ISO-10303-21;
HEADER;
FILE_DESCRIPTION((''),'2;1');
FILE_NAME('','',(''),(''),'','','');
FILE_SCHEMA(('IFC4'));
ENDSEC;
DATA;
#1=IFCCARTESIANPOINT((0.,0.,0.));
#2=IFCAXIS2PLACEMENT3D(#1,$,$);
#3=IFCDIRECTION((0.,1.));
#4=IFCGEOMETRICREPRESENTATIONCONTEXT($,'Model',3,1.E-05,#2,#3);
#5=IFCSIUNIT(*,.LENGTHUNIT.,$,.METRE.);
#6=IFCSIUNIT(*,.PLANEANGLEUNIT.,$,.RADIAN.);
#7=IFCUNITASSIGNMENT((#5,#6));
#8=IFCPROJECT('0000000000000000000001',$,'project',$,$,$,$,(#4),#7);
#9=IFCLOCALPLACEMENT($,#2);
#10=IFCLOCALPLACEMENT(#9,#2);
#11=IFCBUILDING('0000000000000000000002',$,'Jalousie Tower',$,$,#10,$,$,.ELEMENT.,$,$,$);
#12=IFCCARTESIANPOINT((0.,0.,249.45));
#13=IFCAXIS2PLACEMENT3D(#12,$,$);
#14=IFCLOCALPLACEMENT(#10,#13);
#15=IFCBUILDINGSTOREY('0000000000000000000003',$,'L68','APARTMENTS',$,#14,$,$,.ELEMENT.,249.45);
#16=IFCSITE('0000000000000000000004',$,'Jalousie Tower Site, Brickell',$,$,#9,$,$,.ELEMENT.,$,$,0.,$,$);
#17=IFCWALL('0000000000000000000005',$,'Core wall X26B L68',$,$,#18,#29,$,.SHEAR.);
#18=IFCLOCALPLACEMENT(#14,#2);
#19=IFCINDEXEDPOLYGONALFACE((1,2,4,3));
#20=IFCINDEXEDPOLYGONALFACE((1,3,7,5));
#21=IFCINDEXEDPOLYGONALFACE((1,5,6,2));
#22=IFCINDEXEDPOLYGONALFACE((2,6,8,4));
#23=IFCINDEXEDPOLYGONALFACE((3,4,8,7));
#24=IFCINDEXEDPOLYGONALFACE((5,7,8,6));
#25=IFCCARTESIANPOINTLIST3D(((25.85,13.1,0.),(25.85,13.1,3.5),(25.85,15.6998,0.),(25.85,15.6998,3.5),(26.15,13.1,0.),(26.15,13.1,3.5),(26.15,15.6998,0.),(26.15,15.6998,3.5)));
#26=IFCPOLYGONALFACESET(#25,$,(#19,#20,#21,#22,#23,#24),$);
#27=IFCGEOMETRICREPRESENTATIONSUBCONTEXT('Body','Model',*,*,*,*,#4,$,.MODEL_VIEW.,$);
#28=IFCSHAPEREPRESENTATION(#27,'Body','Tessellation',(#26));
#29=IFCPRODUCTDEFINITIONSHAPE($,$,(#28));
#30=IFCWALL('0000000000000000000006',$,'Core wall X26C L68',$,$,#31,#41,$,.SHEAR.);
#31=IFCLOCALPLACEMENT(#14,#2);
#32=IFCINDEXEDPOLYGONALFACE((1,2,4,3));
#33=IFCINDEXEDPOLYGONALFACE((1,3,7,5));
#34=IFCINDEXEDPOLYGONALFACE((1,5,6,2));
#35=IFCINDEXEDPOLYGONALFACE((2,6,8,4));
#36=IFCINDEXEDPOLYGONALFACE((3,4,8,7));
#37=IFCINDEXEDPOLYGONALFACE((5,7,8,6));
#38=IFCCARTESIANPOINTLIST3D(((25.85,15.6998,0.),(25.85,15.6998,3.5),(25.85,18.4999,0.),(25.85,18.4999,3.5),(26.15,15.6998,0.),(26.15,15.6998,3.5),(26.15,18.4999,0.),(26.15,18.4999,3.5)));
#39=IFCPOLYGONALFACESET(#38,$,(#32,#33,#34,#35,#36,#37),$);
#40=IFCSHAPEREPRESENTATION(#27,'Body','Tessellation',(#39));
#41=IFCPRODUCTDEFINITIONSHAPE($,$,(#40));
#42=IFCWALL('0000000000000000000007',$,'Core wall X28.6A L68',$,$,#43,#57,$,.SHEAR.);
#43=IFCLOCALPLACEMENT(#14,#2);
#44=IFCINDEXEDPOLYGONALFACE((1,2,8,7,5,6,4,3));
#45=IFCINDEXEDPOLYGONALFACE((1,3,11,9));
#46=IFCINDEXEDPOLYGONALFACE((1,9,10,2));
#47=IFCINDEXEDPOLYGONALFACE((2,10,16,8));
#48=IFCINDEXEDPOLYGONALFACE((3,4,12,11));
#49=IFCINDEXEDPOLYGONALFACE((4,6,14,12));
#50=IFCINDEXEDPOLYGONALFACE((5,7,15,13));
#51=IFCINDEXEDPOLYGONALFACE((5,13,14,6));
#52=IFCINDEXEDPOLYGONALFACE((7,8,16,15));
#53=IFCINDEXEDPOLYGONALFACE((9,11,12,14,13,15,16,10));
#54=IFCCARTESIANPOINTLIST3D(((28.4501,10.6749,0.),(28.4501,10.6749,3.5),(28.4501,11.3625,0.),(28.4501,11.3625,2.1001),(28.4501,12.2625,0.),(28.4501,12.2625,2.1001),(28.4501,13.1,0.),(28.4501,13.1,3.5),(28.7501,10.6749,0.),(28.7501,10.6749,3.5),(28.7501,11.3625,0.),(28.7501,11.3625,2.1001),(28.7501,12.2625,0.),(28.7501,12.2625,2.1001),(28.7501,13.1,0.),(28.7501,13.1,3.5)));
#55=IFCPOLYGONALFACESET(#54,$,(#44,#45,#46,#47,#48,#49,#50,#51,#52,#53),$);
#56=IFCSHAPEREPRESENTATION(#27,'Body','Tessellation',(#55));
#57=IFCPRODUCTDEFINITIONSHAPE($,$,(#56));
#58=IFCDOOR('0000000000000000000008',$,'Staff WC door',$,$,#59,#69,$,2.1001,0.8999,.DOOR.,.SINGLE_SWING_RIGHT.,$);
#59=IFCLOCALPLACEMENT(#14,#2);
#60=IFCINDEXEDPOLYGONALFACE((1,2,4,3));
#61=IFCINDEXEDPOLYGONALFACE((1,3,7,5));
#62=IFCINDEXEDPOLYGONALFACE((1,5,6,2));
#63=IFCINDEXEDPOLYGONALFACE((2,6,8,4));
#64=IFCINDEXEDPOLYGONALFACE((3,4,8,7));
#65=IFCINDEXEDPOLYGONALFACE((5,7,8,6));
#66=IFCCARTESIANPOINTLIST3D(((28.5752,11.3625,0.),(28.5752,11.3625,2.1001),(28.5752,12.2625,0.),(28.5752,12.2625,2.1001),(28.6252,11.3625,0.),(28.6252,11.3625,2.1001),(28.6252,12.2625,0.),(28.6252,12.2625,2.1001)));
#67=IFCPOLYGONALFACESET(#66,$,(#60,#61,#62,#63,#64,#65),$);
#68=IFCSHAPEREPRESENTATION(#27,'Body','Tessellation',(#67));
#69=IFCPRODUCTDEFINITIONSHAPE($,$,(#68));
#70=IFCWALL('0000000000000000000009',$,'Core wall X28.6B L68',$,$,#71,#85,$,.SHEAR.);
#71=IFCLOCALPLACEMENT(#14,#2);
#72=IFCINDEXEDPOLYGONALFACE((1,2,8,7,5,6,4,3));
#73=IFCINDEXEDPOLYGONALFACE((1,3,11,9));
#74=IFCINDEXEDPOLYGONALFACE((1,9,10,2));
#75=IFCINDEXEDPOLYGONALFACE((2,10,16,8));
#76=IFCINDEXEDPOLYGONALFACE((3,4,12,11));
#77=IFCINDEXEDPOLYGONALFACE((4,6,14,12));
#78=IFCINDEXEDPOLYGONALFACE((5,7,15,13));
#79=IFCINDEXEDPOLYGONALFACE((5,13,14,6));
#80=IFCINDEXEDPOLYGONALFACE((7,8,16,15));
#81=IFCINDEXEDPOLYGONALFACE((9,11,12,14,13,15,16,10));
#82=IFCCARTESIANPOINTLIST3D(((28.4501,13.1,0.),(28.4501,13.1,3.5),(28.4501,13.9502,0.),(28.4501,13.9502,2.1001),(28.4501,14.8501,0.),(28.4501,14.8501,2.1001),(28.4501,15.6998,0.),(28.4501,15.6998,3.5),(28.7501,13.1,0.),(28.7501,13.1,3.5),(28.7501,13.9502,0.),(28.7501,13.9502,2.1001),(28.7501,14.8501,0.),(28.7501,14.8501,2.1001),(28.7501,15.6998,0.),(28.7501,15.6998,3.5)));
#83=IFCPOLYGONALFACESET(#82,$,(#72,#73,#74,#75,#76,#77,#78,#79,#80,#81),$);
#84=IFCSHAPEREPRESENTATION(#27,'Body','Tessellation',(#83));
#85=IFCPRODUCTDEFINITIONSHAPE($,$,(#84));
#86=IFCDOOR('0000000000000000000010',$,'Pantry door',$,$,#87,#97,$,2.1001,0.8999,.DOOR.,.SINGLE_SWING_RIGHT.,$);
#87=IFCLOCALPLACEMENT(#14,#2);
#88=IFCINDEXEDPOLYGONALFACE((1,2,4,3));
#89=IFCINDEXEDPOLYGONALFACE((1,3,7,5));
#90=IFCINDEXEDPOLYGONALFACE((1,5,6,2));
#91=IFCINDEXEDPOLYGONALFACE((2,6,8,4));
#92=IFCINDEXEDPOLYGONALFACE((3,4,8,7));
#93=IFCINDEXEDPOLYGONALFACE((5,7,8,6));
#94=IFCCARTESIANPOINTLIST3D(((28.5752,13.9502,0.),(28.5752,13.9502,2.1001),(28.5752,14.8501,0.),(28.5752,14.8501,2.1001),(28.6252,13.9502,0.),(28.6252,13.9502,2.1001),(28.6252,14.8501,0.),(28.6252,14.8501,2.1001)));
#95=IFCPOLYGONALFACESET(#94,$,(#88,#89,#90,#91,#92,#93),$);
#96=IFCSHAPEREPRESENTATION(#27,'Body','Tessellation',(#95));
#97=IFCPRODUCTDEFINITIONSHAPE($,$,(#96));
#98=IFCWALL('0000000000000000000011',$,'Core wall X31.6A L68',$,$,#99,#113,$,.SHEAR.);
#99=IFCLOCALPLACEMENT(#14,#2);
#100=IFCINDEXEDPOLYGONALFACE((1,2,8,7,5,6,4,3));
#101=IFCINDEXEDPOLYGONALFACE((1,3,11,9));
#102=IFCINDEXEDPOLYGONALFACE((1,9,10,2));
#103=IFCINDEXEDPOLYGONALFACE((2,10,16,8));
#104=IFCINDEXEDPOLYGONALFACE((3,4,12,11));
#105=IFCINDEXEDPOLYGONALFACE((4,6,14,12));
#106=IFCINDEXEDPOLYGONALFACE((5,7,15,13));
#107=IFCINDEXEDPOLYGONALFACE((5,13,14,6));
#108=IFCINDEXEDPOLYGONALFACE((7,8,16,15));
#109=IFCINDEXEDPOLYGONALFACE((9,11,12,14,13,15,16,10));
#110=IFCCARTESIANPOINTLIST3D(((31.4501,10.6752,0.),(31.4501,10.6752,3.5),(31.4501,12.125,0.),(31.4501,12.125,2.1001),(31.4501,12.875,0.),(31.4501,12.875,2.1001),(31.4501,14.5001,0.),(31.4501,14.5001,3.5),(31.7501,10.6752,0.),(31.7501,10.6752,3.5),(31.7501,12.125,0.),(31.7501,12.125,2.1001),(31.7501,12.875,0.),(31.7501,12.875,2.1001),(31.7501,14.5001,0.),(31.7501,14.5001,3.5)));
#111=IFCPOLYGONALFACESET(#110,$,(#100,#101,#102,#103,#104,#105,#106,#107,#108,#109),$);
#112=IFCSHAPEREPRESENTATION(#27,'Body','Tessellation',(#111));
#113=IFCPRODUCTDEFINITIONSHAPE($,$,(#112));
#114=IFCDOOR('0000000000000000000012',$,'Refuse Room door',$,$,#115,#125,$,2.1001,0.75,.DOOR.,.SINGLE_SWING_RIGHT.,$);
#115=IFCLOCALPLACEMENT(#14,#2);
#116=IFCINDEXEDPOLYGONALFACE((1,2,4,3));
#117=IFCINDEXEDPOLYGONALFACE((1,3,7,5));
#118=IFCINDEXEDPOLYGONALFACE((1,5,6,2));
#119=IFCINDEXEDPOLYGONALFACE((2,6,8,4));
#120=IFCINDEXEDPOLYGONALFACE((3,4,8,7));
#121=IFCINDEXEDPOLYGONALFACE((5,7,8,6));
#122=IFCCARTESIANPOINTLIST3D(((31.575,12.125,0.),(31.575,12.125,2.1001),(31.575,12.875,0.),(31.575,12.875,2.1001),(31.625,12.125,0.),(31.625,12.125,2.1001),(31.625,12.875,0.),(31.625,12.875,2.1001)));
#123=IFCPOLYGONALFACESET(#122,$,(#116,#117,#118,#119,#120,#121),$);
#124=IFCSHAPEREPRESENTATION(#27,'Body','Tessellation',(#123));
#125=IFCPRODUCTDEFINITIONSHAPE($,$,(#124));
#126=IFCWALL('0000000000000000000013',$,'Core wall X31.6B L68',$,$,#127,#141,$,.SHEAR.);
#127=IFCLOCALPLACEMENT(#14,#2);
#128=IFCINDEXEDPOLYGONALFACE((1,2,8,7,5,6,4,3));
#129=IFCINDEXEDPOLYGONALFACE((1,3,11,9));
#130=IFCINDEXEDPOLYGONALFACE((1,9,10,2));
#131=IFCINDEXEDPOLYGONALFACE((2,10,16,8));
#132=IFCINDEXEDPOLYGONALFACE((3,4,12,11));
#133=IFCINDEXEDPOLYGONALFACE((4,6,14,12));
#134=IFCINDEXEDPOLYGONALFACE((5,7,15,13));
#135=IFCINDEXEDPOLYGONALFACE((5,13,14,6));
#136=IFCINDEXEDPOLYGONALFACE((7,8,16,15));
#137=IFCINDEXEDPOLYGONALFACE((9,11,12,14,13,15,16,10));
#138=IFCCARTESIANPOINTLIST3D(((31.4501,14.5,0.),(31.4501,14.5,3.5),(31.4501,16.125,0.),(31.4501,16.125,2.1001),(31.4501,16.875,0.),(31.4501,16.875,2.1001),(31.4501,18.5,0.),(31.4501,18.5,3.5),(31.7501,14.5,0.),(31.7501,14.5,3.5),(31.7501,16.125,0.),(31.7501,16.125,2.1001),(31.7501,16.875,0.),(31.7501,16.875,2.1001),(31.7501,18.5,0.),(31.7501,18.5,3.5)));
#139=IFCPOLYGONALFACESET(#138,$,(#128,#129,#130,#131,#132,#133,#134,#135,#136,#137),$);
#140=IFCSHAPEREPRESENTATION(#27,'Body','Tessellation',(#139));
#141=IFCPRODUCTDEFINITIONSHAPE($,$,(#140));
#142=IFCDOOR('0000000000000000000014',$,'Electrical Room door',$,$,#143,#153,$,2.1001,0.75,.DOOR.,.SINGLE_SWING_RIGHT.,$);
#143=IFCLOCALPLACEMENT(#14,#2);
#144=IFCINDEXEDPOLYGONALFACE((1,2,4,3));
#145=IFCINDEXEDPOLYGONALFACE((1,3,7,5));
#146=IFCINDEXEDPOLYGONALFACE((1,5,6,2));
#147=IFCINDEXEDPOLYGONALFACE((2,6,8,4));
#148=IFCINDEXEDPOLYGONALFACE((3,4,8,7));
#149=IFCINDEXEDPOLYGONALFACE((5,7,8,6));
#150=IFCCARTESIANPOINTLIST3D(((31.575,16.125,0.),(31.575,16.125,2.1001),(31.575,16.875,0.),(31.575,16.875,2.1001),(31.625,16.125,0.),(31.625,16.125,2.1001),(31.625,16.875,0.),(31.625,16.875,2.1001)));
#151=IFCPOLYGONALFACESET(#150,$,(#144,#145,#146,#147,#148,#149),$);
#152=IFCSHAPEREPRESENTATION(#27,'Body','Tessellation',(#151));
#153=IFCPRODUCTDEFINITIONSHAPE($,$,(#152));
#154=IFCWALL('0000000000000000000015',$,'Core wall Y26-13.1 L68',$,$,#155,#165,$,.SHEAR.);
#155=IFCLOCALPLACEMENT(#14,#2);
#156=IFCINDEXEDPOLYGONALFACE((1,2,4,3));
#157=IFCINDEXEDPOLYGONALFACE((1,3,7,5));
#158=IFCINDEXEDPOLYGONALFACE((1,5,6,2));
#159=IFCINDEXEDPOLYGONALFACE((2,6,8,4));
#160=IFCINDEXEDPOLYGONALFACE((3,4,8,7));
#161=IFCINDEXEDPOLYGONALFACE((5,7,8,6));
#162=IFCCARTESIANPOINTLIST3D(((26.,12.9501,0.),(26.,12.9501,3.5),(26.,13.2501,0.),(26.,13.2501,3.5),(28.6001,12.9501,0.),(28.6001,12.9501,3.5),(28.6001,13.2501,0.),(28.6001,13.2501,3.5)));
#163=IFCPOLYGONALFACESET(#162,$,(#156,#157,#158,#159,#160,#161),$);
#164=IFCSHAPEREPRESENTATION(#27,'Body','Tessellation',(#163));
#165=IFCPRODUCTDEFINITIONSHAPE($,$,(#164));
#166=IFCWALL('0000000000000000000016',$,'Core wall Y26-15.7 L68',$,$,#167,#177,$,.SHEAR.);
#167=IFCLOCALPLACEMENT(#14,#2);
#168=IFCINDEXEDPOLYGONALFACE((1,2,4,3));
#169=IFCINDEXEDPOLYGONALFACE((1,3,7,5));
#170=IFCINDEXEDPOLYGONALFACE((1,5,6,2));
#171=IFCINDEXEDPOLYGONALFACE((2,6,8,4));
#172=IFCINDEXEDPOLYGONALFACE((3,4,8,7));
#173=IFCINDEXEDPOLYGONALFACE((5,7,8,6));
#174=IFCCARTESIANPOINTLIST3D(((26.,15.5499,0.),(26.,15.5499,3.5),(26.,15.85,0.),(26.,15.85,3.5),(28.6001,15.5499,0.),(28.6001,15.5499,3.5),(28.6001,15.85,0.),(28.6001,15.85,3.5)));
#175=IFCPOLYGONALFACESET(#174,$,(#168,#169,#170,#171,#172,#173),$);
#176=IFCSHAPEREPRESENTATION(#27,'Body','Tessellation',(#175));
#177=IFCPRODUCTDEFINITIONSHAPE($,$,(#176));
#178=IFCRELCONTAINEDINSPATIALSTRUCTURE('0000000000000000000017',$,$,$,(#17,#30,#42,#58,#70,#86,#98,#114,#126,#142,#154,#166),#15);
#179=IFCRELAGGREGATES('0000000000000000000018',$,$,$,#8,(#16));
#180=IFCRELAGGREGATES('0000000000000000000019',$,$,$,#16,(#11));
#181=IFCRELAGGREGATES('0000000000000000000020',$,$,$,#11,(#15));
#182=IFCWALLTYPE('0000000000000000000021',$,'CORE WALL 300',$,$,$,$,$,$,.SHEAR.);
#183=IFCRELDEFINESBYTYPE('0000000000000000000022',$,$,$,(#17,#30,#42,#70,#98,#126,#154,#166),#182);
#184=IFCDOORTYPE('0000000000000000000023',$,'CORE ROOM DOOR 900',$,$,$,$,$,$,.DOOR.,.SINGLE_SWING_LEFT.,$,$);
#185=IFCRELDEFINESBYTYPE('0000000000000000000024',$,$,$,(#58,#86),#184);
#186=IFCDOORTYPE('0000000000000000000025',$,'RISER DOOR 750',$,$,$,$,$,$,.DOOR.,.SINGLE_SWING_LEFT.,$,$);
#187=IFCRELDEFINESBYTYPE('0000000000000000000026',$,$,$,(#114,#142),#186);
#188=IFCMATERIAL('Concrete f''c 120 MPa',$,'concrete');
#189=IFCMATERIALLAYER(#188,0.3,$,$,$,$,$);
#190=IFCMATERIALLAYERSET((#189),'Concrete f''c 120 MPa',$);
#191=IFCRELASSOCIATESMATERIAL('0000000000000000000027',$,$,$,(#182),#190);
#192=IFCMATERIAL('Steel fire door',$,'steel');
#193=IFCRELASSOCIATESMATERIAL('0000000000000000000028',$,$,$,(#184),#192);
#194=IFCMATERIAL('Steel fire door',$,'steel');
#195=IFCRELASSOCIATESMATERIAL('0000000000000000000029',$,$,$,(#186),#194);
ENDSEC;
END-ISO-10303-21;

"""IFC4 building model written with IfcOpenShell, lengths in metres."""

from ifc_helpers import new_model, si_unit, direction, frame, frame_2d, origin, place, context, subcontext, project, spatial, rectangle, extrude, material, layer, layer_set, type_object, element, fill, save


model = new_model("IFC4")

# Units and contexts
model_context = context("Model", 3, precision=1e-05, world=origin(), true_north=direction((0.0, 1.0)))
body_context = subcontext(model_context, "Body", "Model", "MODEL_VIEW")
ifc_project = project(units=[si_unit("LENGTHUNIT", "METRE"), si_unit("PLANEANGLEUNIT", "RADIAN")], contexts=[model_context])

# Site, building, storey
site_placement = place(None, origin())
site = spatial("IfcSite", under=ifc_project, at=site_placement, Name="Jalousie Tower Site, Brickell", CompositionType="ELEMENT", RefElevation=0.0)
building_placement = place(site_placement, origin())
building = spatial("IfcBuilding", under=site, at=building_placement, Name="Jalousie Tower", CompositionType="ELEMENT")
storey_placement = place(building_placement, frame((0.0, 0.0, 249.45)))
storey = spatial("IfcBuildingStorey", under=building, at=storey_placement, Name="L68", Description="APARTMENTS", CompositionType="ELEMENT", Elevation=249.45)

# Walls
ifc_material_1 = material(Name="Concrete f'c 120 MPa", Category="concrete")
ifc_layer_1 = layer(ifc_material_1, 0.3)
ifc_layer_set_1 = layer_set([ifc_layer_1], Name="Concrete f'c 120 MPa")
wall_type_1 = type_object("IfcWallType", Name="CORE WALL 300", PredefinedType="SHEAR", material=ifc_layer_set_1)
wall_1_placement = place(storey_placement, frame((26.0, 13.1001, 0.0), z_axis=(0.0, 0.0, 1.0), x_axis=(0.0, 1.0, 0.0)))
element("IfcWall", 1, at=wall_1_placement, inside=storey, type_object=wall_type_1, Name="Core wall X26B L68", PredefinedType="SHEAR", context=body_context, shape_type="SweptSolid", body=[
    extrude(rectangle(XDim=2.5999, YDim=0.3, at=frame_2d((1.2998, 0.0))), origin(), (0.0, 0.0, 1.0), 3.5),
])
wall_2_placement = place(storey_placement, frame((26.0, 15.7, 0.0), z_axis=(0.0, 0.0, 1.0), x_axis=(0.0, 1.0, 0.0)))
element("IfcWall", 2, at=wall_2_placement, inside=storey, type_object=wall_type_1, Name="Core wall X26C L68", PredefinedType="SHEAR", context=body_context, shape_type="SweptSolid", body=[
    extrude(rectangle(XDim=2.8, YDim=0.3, at=frame_2d((1.3999, 0.0))), origin(), (0.0, 0.0, 1.0), 3.5),
])

# Walls, openings, doors
wall_3_placement = place(storey_placement, frame((28.6001, 10.675, 0.0), z_axis=(0.0, 0.0, 1.0), x_axis=(0.0, 1.0, 0.0)))
wall_3 = element("IfcWall", 3, at=wall_3_placement, inside=storey, type_object=wall_type_1, Name="Core wall X28.6A L68", PredefinedType="SHEAR", context=body_context, shape_type="SweptSolid", body=[
    extrude(rectangle(XDim=2.425, YDim=0.3, at=frame_2d((1.2124, 0.0))), origin(), (0.0, 0.0, 1.0), 3.5),
])
opening_1_placement = place(wall_3_placement, frame((0.6875, 0.0, 0.0)))
opening_1 = element("IfcOpeningElement", 4, at=opening_1_placement, cuts=wall_3, PredefinedType="OPENING", context=body_context, shape_type="SweptSolid", body=[
    extrude(rectangle(XDim=0.8999, YDim=2.1001, at=frame_2d((0.45, 1.05))), frame((0.0, 0.1599, 0.0), z_axis=(0.0, -1.0, 0.0), x_axis=(1.0, 0.0, 0.0)), (0.0, 0.0, 1.0), 0.3201),
])
ifc_material_2 = material(Name="Steel fire door", Category="steel")
door_type_1 = type_object("IfcDoorType", Name="CORE ROOM DOOR 900", OperationType="SINGLE_SWING_LEFT", PredefinedType="DOOR", material=ifc_material_2)
door_1_placement = place(opening_1_placement, origin())
door_1 = element("IfcDoor", 5, at=door_1_placement, inside=storey, type_object=door_type_1, Name="Staff WC door", OperationType="SINGLE_SWING_RIGHT", OverallHeight=2.1001, OverallWidth=0.8999, PredefinedType="DOOR", context=body_context, shape_type="SweptSolid", body=[
    extrude(rectangle(XDim=0.8999, YDim=2.1001, at=frame_2d((0.45, 1.05))), frame((0.0, 0.0249, 0.0), z_axis=(0.0, -1.0, 0.0), x_axis=(1.0, 0.0, 0.0)), (0.0, 0.0, 1.0), 0.05),
])
fill(opening_1, door_1)
wall_4_placement = place(storey_placement, frame((28.6001, 13.1001, 0.0), z_axis=(0.0, 0.0, 1.0), x_axis=(0.0, 1.0, 0.0)))
wall_4 = element("IfcWall", 6, at=wall_4_placement, inside=storey, type_object=wall_type_1, Name="Core wall X28.6B L68", PredefinedType="SHEAR", context=body_context, shape_type="SweptSolid", body=[
    extrude(rectangle(XDim=2.5999, YDim=0.3, at=frame_2d((1.2998, 0.0))), origin(), (0.0, 0.0, 1.0), 3.5),
])
opening_2_placement = place(wall_4_placement, frame((0.8501, 0.0, 0.0)))
opening_2 = element("IfcOpeningElement", 7, at=opening_2_placement, cuts=wall_4, PredefinedType="OPENING", context=body_context, shape_type="SweptSolid", body=[
    extrude(rectangle(XDim=0.8999, YDim=2.1001, at=frame_2d((0.45, 1.05))), frame((0.0, 0.1599, 0.0), z_axis=(0.0, -1.0, 0.0), x_axis=(1.0, 0.0, 0.0)), (0.0, 0.0, 1.0), 0.3201),
])
door_2_placement = place(opening_2_placement, origin())
door_2 = element("IfcDoor", 8, at=door_2_placement, inside=storey, type_object=door_type_1, Name="Pantry door", OperationType="SINGLE_SWING_RIGHT", OverallHeight=2.1001, OverallWidth=0.8999, PredefinedType="DOOR", context=body_context, shape_type="SweptSolid", body=[
    extrude(rectangle(XDim=0.8999, YDim=2.1001, at=frame_2d((0.45, 1.05))), frame((0.0, 0.0249, 0.0), z_axis=(0.0, -1.0, 0.0), x_axis=(1.0, 0.0, 0.0)), (0.0, 0.0, 1.0), 0.05),
])
fill(opening_2, door_2)
wall_5_placement = place(storey_placement, frame((31.6001, 10.675, 0.0), z_axis=(0.0, 0.0, 1.0), x_axis=(0.0, 1.0, 0.0)))
wall_5 = element("IfcWall", 9, at=wall_5_placement, inside=storey, type_object=wall_type_1, Name="Core wall X31.6A L68", PredefinedType="SHEAR", context=body_context, shape_type="SweptSolid", body=[
    extrude(rectangle(XDim=3.825, YDim=0.3, at=frame_2d((1.9126, 0.0))), origin(), (0.0, 0.0, 1.0), 3.5),
])
opening_3_placement = place(wall_5_placement, frame((1.45, 0.0, 0.0)))
opening_3 = element("IfcOpeningElement", 10, at=opening_3_placement, cuts=wall_5, PredefinedType="OPENING", context=body_context, shape_type="SweptSolid", body=[
    extrude(rectangle(XDim=0.75, YDim=2.1001, at=frame_2d((0.375, 1.05))), frame((0.0, 0.1599, 0.0), z_axis=(0.0, -1.0, 0.0), x_axis=(1.0, 0.0, 0.0)), (0.0, 0.0, 1.0), 0.3201),
])
ifc_material_3 = material(Name="Steel fire door", Category="steel")
door_type_2 = type_object("IfcDoorType", Name="RISER DOOR 750", OperationType="SINGLE_SWING_LEFT", PredefinedType="DOOR", material=ifc_material_3)
door_3_placement = place(opening_3_placement, frame((0.75, 0.0, 0.0), z_axis=(0.0, 0.0, 1.0), x_axis=(-1.0, 0.0, 0.0)))
door_3 = element("IfcDoor", 11, at=door_3_placement, inside=storey, type_object=door_type_2, Name="Refuse Room door", OperationType="SINGLE_SWING_RIGHT", OverallHeight=2.1001, OverallWidth=0.75, PredefinedType="DOOR", context=body_context, shape_type="SweptSolid", body=[
    extrude(rectangle(XDim=0.75, YDim=2.1001, at=frame_2d((0.375, 1.05))), frame((0.0, 0.0249, 0.0), z_axis=(0.0, -1.0, 0.0), x_axis=(1.0, 0.0, 0.0)), (0.0, 0.0, 1.0), 0.05),
])
fill(opening_3, door_3)
wall_6_placement = place(storey_placement, frame((31.6001, 14.5, 0.0), z_axis=(0.0, 0.0, 1.0), x_axis=(0.0, 1.0, 0.0)))
wall_6 = element("IfcWall", 12, at=wall_6_placement, inside=storey, type_object=wall_type_1, Name="Core wall X31.6B L68", PredefinedType="SHEAR", context=body_context, shape_type="SweptSolid", body=[
    extrude(rectangle(XDim=4.0, YDim=0.3, at=frame_2d((2.0, 0.0))), origin(), (0.0, 0.0, 1.0), 3.5),
])
opening_4_placement = place(wall_6_placement, frame((1.625, 0.0, 0.0)))
opening_4 = element("IfcOpeningElement", 13, at=opening_4_placement, cuts=wall_6, PredefinedType="OPENING", context=body_context, shape_type="SweptSolid", body=[
    extrude(rectangle(XDim=0.75, YDim=2.1001, at=frame_2d((0.375, 1.05))), frame((0.0, 0.1599, 0.0), z_axis=(0.0, -1.0, 0.0), x_axis=(1.0, 0.0, 0.0)), (0.0, 0.0, 1.0), 0.3201),
])
door_4_placement = place(opening_4_placement, frame((0.75, 0.0, 0.0), z_axis=(0.0, 0.0, 1.0), x_axis=(-1.0, 0.0, 0.0)))
door_4 = element("IfcDoor", 14, at=door_4_placement, inside=storey, type_object=door_type_2, Name="Electrical Room door", OperationType="SINGLE_SWING_RIGHT", OverallHeight=2.1001, OverallWidth=0.75, PredefinedType="DOOR", context=body_context, shape_type="SweptSolid", body=[
    extrude(rectangle(XDim=0.75, YDim=2.1001, at=frame_2d((0.375, 1.05))), frame((0.0, 0.0249, 0.0), z_axis=(0.0, -1.0, 0.0), x_axis=(1.0, 0.0, 0.0)), (0.0, 0.0, 1.0), 0.05),
])
fill(opening_4, door_4)

# Walls
for number, where, z_axis, x_axis, name in (
    (15, (26.0, 13.1001, 0.0), (0.0, 0.0, 1.0), (1.0, 0.0, 0.0), "Core wall Y26-13.1 L68"),
    (16, (26.0, 15.7, 0.0), (0.0, 0.0, 1.0), (1.0, 0.0, 0.0), "Core wall Y26-15.7 L68"),
):
    element("IfcWall", number, at=place(storey_placement, frame(where, z_axis=z_axis, x_axis=x_axis)), inside=storey, type_object=wall_type_1, Name=name, PredefinedType="SHEAR", context=body_context, shape_type="SweptSolid", body=[
        extrude(rectangle(XDim=2.6001, YDim=0.3, at=frame_2d((1.3, 0.0))), origin(), (0.0, 0.0, 1.0), 3.5),
    ])

save(model, "model.ifc")
